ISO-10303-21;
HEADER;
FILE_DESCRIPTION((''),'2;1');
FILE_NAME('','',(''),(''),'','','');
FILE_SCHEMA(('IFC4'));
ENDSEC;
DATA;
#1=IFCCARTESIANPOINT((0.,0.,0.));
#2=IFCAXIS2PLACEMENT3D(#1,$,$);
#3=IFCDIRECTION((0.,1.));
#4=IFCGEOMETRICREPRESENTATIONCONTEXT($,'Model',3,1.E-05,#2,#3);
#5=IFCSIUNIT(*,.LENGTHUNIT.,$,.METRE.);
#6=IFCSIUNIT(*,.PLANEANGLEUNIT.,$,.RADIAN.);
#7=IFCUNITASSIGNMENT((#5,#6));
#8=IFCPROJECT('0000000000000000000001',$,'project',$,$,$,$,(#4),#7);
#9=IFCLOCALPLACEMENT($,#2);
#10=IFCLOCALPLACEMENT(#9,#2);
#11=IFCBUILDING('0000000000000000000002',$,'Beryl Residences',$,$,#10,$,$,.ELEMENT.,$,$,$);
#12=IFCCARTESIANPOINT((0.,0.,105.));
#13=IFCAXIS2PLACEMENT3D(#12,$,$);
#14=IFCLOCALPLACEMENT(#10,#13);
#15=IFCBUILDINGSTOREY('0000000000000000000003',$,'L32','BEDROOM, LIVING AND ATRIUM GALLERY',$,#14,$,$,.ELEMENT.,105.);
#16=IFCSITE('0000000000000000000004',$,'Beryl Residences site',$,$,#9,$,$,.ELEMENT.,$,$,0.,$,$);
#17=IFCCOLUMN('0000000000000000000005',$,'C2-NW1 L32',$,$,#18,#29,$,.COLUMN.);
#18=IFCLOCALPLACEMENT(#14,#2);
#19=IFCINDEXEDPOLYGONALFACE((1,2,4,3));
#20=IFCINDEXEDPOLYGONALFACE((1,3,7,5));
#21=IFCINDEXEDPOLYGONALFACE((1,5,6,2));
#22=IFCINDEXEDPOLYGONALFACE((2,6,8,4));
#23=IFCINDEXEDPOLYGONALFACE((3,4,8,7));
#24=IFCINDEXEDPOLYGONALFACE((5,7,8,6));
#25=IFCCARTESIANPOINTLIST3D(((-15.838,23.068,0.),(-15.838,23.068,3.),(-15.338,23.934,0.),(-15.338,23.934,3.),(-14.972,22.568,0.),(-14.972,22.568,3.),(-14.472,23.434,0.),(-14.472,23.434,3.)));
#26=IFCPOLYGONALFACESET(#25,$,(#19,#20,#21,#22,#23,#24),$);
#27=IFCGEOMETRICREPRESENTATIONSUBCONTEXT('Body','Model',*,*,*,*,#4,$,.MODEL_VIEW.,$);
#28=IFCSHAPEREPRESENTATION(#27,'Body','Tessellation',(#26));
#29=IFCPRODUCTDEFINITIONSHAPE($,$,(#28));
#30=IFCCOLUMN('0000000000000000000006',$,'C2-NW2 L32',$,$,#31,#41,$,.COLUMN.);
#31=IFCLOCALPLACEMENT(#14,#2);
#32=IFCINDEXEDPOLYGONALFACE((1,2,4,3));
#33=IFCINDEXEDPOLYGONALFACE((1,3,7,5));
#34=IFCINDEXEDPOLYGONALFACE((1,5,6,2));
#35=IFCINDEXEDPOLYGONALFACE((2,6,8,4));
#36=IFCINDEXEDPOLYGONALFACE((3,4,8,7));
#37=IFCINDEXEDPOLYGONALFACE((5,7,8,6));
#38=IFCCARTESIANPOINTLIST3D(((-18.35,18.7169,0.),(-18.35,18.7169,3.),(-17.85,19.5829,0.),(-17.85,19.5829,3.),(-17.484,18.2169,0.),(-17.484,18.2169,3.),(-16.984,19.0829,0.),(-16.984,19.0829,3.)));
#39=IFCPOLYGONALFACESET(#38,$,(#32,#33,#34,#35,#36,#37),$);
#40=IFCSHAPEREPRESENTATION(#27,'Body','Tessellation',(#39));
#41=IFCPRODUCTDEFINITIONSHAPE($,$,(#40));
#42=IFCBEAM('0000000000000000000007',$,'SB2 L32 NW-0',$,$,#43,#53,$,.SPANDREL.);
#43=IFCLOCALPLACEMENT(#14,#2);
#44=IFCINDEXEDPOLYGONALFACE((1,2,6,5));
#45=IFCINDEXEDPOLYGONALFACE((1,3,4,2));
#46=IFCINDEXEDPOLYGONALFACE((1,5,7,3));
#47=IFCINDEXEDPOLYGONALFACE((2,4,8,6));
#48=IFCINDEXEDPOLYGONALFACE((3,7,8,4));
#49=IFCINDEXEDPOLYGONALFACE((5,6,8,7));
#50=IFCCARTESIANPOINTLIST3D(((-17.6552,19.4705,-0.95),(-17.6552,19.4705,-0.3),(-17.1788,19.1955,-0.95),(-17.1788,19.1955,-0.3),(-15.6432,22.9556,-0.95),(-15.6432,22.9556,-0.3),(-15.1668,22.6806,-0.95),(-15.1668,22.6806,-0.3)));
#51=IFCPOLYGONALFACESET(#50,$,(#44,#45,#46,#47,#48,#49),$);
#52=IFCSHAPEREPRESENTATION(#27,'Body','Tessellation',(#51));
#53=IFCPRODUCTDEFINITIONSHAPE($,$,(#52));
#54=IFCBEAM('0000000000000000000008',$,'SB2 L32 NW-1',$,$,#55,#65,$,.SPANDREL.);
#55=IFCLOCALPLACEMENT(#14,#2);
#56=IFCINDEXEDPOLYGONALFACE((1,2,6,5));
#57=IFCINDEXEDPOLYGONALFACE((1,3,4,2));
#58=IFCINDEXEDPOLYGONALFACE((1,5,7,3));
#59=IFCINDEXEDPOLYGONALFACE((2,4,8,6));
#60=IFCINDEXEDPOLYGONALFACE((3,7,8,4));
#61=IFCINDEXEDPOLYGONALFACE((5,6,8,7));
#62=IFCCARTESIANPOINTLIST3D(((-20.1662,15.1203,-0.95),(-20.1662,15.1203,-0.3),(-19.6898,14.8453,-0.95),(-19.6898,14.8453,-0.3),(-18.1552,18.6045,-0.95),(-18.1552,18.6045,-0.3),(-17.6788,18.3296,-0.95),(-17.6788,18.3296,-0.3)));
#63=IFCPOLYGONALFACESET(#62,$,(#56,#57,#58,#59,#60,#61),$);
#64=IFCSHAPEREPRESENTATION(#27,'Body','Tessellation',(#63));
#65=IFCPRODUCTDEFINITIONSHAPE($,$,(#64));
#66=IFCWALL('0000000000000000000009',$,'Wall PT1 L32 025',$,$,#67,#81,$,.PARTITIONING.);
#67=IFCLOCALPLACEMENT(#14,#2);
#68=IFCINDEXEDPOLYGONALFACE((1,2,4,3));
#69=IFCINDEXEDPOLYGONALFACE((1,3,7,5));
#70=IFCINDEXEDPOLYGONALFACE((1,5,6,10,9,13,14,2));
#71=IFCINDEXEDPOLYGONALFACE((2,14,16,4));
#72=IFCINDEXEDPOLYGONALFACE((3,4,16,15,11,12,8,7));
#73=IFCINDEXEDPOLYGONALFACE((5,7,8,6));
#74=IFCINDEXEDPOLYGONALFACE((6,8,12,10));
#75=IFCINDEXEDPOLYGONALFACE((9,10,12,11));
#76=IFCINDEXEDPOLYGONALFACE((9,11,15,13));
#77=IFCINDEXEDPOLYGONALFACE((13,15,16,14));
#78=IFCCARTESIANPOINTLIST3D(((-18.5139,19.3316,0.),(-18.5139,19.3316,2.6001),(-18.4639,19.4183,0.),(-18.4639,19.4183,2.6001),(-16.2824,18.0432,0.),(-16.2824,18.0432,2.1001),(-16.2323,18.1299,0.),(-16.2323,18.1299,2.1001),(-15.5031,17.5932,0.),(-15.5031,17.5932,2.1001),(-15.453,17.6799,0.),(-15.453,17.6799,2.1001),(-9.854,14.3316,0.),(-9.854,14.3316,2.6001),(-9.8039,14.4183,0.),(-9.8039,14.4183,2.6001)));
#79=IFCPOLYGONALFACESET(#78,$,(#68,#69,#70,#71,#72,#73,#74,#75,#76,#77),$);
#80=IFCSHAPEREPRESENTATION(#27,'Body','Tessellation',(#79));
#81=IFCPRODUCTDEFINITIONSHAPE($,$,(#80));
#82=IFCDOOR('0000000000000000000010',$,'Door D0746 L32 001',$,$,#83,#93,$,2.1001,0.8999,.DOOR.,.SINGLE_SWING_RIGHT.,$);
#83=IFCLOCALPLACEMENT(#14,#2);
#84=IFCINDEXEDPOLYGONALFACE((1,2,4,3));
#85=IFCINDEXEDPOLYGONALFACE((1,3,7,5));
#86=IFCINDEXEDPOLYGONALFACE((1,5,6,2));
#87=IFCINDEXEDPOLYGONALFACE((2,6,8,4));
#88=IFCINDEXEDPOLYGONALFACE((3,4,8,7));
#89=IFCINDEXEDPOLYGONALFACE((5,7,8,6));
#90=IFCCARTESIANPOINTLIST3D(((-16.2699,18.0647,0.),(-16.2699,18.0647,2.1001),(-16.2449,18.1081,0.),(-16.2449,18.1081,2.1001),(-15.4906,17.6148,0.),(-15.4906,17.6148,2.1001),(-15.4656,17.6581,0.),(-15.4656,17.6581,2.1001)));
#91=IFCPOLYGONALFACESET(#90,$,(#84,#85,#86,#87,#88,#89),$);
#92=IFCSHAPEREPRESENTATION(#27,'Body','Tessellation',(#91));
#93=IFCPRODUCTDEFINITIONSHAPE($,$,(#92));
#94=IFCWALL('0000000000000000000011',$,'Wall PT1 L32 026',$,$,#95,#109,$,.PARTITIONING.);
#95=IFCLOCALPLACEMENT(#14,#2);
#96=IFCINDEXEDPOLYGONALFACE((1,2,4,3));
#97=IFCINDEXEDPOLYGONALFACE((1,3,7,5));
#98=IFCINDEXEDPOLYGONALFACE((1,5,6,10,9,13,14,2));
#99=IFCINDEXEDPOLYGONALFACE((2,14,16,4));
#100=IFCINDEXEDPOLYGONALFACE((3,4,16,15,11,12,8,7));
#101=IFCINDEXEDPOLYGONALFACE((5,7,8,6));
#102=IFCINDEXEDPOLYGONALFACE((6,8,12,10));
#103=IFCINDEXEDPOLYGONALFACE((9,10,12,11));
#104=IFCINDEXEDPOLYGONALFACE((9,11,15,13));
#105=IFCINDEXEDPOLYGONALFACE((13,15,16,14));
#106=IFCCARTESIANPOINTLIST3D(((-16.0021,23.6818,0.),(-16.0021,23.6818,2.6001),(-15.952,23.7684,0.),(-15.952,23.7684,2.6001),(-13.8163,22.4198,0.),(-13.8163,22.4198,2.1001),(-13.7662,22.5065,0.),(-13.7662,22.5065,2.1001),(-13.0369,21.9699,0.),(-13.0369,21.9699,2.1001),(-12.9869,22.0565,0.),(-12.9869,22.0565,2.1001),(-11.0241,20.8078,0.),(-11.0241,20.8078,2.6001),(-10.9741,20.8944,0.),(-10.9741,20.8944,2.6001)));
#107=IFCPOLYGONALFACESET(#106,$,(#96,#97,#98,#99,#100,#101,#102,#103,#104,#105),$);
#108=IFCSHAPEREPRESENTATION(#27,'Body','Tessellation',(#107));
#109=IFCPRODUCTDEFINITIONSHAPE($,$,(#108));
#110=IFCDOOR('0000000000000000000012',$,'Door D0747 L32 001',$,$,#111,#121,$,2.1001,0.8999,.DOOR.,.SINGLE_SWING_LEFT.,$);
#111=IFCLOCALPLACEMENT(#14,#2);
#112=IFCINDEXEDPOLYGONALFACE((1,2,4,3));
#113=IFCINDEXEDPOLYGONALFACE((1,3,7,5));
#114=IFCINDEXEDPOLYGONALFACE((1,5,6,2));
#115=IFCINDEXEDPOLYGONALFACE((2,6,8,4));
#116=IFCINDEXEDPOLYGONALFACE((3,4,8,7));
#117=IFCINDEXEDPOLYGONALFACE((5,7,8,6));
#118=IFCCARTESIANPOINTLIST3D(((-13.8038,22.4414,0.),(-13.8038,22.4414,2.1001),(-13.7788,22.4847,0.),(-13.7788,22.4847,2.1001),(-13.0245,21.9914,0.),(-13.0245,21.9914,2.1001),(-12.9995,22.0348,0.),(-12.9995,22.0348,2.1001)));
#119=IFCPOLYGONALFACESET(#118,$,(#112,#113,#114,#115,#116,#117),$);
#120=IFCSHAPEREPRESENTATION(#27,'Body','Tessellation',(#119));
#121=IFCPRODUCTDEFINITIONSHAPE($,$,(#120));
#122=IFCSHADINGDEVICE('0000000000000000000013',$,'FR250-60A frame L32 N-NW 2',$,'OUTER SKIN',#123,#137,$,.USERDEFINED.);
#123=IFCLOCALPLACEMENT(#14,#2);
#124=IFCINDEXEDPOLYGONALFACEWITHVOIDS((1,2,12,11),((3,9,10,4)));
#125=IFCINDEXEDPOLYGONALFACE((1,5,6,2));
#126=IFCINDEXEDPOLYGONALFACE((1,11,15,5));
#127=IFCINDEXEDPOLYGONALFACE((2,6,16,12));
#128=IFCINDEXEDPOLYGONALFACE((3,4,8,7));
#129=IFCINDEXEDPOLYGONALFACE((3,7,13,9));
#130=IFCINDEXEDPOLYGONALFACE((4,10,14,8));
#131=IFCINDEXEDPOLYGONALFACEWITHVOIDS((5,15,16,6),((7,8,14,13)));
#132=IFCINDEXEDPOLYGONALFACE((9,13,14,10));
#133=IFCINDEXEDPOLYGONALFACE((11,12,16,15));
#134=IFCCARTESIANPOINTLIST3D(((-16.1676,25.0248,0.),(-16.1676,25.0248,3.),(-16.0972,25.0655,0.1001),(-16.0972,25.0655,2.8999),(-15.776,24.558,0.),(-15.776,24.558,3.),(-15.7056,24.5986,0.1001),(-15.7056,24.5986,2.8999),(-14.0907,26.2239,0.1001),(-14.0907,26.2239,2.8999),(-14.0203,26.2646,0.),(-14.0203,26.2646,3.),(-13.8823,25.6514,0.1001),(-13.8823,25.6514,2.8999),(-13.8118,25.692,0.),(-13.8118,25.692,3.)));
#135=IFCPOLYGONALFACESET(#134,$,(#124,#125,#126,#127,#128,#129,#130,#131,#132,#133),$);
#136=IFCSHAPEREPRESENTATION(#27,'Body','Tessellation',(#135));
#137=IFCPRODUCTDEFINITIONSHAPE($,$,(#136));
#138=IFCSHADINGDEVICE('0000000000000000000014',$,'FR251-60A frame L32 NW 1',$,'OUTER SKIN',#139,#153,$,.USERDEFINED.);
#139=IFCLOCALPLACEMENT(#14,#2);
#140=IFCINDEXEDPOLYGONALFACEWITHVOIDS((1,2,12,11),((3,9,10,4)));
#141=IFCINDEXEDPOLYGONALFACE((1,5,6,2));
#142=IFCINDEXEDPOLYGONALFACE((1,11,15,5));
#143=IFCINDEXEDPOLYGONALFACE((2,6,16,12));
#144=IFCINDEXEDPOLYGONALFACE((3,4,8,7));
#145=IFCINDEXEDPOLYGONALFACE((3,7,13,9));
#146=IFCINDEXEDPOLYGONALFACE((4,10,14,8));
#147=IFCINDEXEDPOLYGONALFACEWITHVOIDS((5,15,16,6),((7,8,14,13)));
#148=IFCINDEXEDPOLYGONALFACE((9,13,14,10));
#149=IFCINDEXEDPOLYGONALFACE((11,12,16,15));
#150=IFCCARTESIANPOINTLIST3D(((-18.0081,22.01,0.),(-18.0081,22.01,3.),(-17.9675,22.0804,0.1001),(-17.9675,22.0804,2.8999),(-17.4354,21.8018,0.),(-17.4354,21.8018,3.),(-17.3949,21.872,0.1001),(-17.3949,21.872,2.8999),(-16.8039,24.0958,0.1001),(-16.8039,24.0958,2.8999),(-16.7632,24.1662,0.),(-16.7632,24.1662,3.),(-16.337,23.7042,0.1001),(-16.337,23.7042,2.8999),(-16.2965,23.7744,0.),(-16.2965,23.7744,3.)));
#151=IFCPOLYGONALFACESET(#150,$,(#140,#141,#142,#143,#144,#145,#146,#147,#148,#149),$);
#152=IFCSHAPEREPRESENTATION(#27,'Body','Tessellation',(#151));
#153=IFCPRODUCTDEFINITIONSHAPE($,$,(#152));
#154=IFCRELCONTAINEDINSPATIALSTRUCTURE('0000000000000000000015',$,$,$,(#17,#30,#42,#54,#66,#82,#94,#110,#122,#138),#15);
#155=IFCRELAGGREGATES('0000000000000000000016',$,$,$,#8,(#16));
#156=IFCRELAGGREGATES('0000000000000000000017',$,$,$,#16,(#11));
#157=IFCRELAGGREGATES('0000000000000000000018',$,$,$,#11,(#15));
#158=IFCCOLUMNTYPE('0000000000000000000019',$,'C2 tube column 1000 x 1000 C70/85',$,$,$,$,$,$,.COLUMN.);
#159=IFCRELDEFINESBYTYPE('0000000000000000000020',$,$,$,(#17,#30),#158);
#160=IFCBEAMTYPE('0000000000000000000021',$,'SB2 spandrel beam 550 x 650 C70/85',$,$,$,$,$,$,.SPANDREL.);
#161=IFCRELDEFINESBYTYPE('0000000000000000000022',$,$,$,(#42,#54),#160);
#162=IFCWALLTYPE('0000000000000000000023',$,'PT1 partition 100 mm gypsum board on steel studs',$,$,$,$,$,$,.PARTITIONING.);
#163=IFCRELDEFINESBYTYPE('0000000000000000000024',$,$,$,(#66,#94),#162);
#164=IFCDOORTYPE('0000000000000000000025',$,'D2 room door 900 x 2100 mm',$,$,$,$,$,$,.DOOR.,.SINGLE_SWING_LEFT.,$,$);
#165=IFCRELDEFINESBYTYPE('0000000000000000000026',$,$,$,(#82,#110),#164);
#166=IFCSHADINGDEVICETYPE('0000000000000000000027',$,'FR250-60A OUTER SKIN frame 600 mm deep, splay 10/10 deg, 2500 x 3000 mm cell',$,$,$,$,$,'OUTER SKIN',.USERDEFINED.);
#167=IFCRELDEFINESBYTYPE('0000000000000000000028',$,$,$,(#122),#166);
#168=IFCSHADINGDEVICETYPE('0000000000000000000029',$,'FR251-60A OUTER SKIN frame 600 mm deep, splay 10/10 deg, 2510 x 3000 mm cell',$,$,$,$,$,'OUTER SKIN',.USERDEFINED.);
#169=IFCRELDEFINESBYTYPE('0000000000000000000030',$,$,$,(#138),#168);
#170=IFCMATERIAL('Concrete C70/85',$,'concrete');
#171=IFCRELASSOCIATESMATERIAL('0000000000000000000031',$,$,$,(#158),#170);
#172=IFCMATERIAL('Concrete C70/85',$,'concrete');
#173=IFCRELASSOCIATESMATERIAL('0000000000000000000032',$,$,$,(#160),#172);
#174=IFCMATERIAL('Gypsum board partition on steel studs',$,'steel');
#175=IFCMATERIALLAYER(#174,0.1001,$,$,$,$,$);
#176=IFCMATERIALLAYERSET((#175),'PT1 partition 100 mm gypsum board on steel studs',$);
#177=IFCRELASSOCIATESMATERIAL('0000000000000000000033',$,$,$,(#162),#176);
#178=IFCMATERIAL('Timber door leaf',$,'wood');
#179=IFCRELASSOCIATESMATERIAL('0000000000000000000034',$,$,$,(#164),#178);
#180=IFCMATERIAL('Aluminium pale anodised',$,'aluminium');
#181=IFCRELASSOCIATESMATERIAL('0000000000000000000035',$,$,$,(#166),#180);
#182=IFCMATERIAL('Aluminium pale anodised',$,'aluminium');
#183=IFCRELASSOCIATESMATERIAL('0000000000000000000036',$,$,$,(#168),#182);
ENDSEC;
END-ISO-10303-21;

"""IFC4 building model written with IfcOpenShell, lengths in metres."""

from ifc_helpers import new_model, entity, si_unit, direction, frame, frame_2d, origin, origin_2d, place, context, subcontext, project, spatial, rectangle, extrude, source, transform, mapped, material, layer, layer_set, material_profile, profile_set, type_object, type_shapes, element, fill, save


model = new_model("IFC4")

# Units and contexts
model_context = context("Model", 3, precision=1e-05, world=origin(), true_north=direction((0.0, 1.0)))
body_context = subcontext(model_context, "Body", "Model", "MODEL_VIEW")
ifc_project = project(units=[si_unit("LENGTHUNIT", "METRE"), si_unit("PLANEANGLEUNIT", "RADIAN")], contexts=[model_context])

# Site, building, storey
site_placement = place(None, origin())
site = spatial("IfcSite", under=ifc_project, at=site_placement, Name="Beryl Residences site", CompositionType="ELEMENT", RefElevation=0.0)
building_placement = place(site_placement, origin())
building = spatial("IfcBuilding", under=site, at=building_placement, Name="Beryl Residences", CompositionType="ELEMENT")
storey_placement = place(building_placement, frame((0.0, 0.0, 105.0)))
storey = spatial("IfcBuildingStorey", under=building, at=storey_placement, Name="L32", Description="BEDROOM, LIVING AND ATRIUM GALLERY", CompositionType="ELEMENT", Elevation=105.0)

# Columns
ifc_material_1 = material(Name="Concrete C70/85", Category="concrete")
ifc_material_profile_1 = material_profile(ifc_material_1, rectangle(XDim=1.0, YDim=1.0, at=origin_2d()))
ifc_profile_set_1 = profile_set([ifc_material_profile_1], Name="Concrete C70/85")
column_type = type_object("IfcColumnType", Name="C2 tube column 1000 x 1000 C70/85", PredefinedType="COLUMN", material=ifc_profile_set_1)
for number, where, z_axis, x_axis, name in (
    (1, (-15.155, 23.251, 0.0), (0.0, 0.0, 1.0), (-0.5, -0.866025, 0.0), "C2-NW1 L32"),
    (2, (-17.667, 18.8999, 0.0), (0.0, 0.0, 1.0), (-0.5, -0.866025, 0.0), "C2-NW2 L32"),
):
    element("IfcColumn", number, at=place(storey_placement, frame(where, z_axis=z_axis, x_axis=x_axis)), inside=storey, type_object=column_type, Name=name, PredefinedType="COLUMN", context=body_context, shape_type="SweptSolid", body=[
        extrude(rectangle(XDim=1.0, YDim=1.0, at=origin_2d()), origin(), (0.0, 0.0, 1.0), 3.0),
    ])

# Beams
ifc_material_2 = material(Name="Concrete C70/85", Category="concrete")
ifc_material_profile_2 = material_profile(ifc_material_2, rectangle(XDim=0.55, YDim=0.6499, at=origin_2d()))
ifc_profile_set_2 = profile_set([ifc_material_profile_2], Name="Concrete C70/85")
beam_type = type_object("IfcBeamType", Name="SB2 spandrel beam 550 x 650 C70/85", PredefinedType="SPANDREL", material=ifc_profile_set_2)
beam_1_placement = place(storey_placement, frame((-15.405, 22.8181, -0.625), z_axis=(-0.499969, -0.866043, 0.0), x_axis=(0.866043, -0.499969, 0.0)))
element("IfcBeam", 3, at=beam_1_placement, inside=storey, type_object=beam_type, Name="SB2 L32 NW-0", PredefinedType="SPANDREL", context=body_context, shape_type="SweptSolid", body=[
    extrude(rectangle(XDim=0.55, YDim=0.6499, at=origin_2d()), origin(), (0.0, 0.0, 1.0), 4.0242),
])
beam_2_placement = place(storey_placement, frame((-17.917, 18.467, -0.625), z_axis=(-0.499892, -0.866088, 0.0), x_axis=(0.866088, -0.499892, 0.0)))
element("IfcBeam", 4, at=beam_2_placement, inside=storey, type_object=beam_type, Name="SB2 L32 NW-1", PredefinedType="SPANDREL", context=body_context, shape_type="SweptSolid", body=[
    extrude(rectangle(XDim=0.55, YDim=0.6499, at=origin_2d()), origin(), (0.0, 0.0, 1.0), 4.0229),
])

# Walls, openings, doors
ifc_material_3 = material(Name="Gypsum board partition on steel studs", Category="steel")
ifc_layer_1 = layer(ifc_material_3, 0.1001)
ifc_layer_set_1 = layer_set([ifc_layer_1], Name="PT1 partition 100 mm gypsum board on steel studs")
wall_type_1 = type_object("IfcWallType", Name="PT1 partition 100 mm gypsum board on steel studs", PredefinedType="PARTITIONING", material=ifc_layer_set_1)
wall_1_placement = place(storey_placement, frame((-18.489, 19.375, 0.0), z_axis=(0.0, 0.0, 1.0), x_axis=(0.866017, -0.500015, 0.0)))
wall_1 = element("IfcWall", 5, at=wall_1_placement, inside=storey, type_object=wall_type_1, Name="Wall PT1 L32 025", PredefinedType="PARTITIONING", context=body_context, shape_type="SweptSolid", body=[
    extrude(rectangle(XDim=9.9998, YDim=0.1001, at=frame_2d((5.0, 0.0))), origin(), (0.0, 0.0, 1.0), 2.6001),
])
opening_1_placement = place(wall_1_placement, frame((2.5769, 0.0, 0.0)))
opening_1 = element("IfcOpeningElement", 6, at=opening_1_placement, cuts=wall_1, PredefinedType="OPENING", context=body_context, shape_type="SweptSolid", body=[
    extrude(rectangle(XDim=0.8999, YDim=2.1001, at=frame_2d((0.45, 1.05))), frame((0.0, 0.0601, 0.0), z_axis=(0.0, -1.0, 0.0), x_axis=(1.0, 0.0, 0.0)), (0.0, 0.0, 1.0), 0.1201),
])
ifc_material_4 = material(Name="Timber door leaf", Category="wood")
door_type = type_object("IfcDoorType", Name="D2 room door 900 x 2100 mm", OperationType="SINGLE_SWING_LEFT", PredefinedType="DOOR", material=ifc_material_4)
door_1_placement = place(opening_1_placement, origin())
door_1 = element("IfcDoor", 7, at=door_1_placement, inside=storey, type_object=door_type, Name="Door D0746 L32 001", OperationType="SINGLE_SWING_RIGHT", OverallHeight=2.1001, OverallWidth=0.8999, PredefinedType="DOOR", context=body_context, shape_type="SweptSolid", body=[
    extrude(rectangle(XDim=0.8999, YDim=2.1001, at=frame_2d((0.45, 1.05))), frame((0.0, 0.0249, 0.0), z_axis=(0.0, -1.0, 0.0), x_axis=(1.0, 0.0, 0.0)), (0.0, 0.0, 1.0), 0.05),
])
fill(opening_1, door_1)
wall_2_placement = place(storey_placement, frame((-15.9771, 23.7251, 0.0), z_axis=(0.0, 0.0, 1.0), x_axis=(0.866029, -0.499995, 0.0)))
wall_2 = element("IfcWall", 8, at=wall_2_placement, inside=storey, type_object=wall_type_1, Name="Wall PT1 L32 026", PredefinedType="PARTITIONING", context=body_context, shape_type="SweptSolid", body=[
    extrude(rectangle(XDim=5.748, YDim=0.1001, at=frame_2d((2.874, 0.0))), origin(), (0.0, 0.0, 1.0), 2.6001),
])
opening_2_placement = place(wall_2_placement, frame((2.5239, 0.0, 0.0)))
opening_2 = element("IfcOpeningElement", 9, at=opening_2_placement, cuts=wall_2, PredefinedType="OPENING", context=body_context, shape_type="SweptSolid", body=[
    extrude(rectangle(XDim=0.8999, YDim=2.1001, at=frame_2d((0.45, 1.05))), frame((0.0, 0.0601, 0.0), z_axis=(0.0, -1.0, 0.0), x_axis=(1.0, 0.0, 0.0)), (0.0, 0.0, 1.0), 0.1201),
])
door_2_placement = place(opening_2_placement, origin())
door_2 = element("IfcDoor", 10, at=door_2_placement, inside=storey, type_object=door_type, Name="Door D0747 L32 001", OperationType="SINGLE_SWING_LEFT", OverallHeight=2.1001, OverallWidth=0.8999, PredefinedType="DOOR", context=body_context, shape_type="SweptSolid", body=[
    extrude(rectangle(XDim=0.8999, YDim=2.1001, at=frame_2d((0.45, 1.05))), frame((0.0, 0.0249, 0.0), z_axis=(0.0, -1.0, 0.0), x_axis=(1.0, 0.0, 0.0)), (0.0, 0.0, 1.0), 0.05),
])
fill(opening_2, door_2)

# Shading devices
ifc_material_5 = material(Name="Aluminium pale anodised", Category="aluminium")
shading_device_type_1 = type_object("IfcShadingDeviceType", Name="FR250-60A OUTER SKIN frame 600 mm deep, splay 10/10 deg, 2500 x 3000 mm cell", ElementType="OUTER SKIN", PredefinedType="USERDEFINED", material=ifc_material_5)
cartesian_point_1 = entity("IfcCartesianPoint", [-1.134, 0.0])
cartesian_point_2 = entity("IfcCartesianPoint", [-1.0527, 0.1001])
cartesian_point_3 = entity("IfcCartesianPoint", [-1.2397, 0.0])
cartesian_point_4 = entity("IfcCartesianPoint", [-1.1584, 0.1001])
shared_shape_1 = source(origin(), body_context, "Body", "SweptSolid", [
    entity("IfcExtrudedAreaSolidTapered", entity("IfcArbitraryProfileDefWithVoids", "AREA", None, entity("IfcPolyline", [cartesian_point_1, entity("IfcCartesianPoint", [1.134, 0.0]), entity("IfcCartesianPoint", [1.134, 3.0]), entity("IfcCartesianPoint", [-1.134, 3.0]), cartesian_point_1]), [entity("IfcPolyline", [cartesian_point_2, entity("IfcCartesianPoint", [1.0527, 0.1001]), entity("IfcCartesianPoint", [1.0527, 2.8999]), entity("IfcCartesianPoint", [-1.0527, 2.8999]), cartesian_point_2])]), entity("IfcAxis2Placement3D", entity("IfcCartesianPoint", [0.0, 0.0, 0.0]), entity("IfcDirection", [0.0, 1.0, 0.0]), entity("IfcDirection", [-1.0, 0.0, 0.0])), entity("IfcDirection", [0.0, 0.0, 1.0]), 0.6001, entity("IfcArbitraryProfileDefWithVoids", "AREA", None, entity("IfcPolyline", [cartesian_point_3, entity("IfcCartesianPoint", [1.2397, 0.0]), entity("IfcCartesianPoint", [1.2397, 3.0]), entity("IfcCartesianPoint", [-1.2397, 3.0]), cartesian_point_3]), [entity("IfcPolyline", [cartesian_point_4, entity("IfcCartesianPoint", [1.1584, 0.1001]), entity("IfcCartesianPoint", [1.1584, 2.8999]), entity("IfcCartesianPoint", [-1.1584, 2.8999]), cartesian_point_4])])),
])
type_shapes(shading_device_type_1, [shared_shape_1])
shading_device_placement = place(storey_placement, frame((-14.7939, 25.125, 0.0), z_axis=(0.0, 0.0, 1.0), x_axis=(0.866025, 0.5, 0.0)))
element("IfcShadingDevice", 11, at=shading_device_placement, inside=storey, type_object=shading_device_type_1, Name="FR250-60A frame L32 N-NW 2", ObjectType="OUTER SKIN", PredefinedType="USERDEFINED", context=body_context, shape_type="MappedRepresentation", body=[
    mapped(shared_shape_1, transform((0.0, 0.0, 0.0))),
])
ifc_material_6 = material(Name="Aluminium pale anodised", Category="aluminium")
shading_device_type_2 = type_object("IfcShadingDeviceType", Name="FR251-60A OUTER SKIN frame 600 mm deep, splay 10/10 deg, 2510 x 3000 mm cell", ElementType="OUTER SKIN", PredefinedType="USERDEFINED", material=ifc_material_6)
cartesian_point_5 = entity("IfcCartesianPoint", [-1.1389, 0.0])
cartesian_point_6 = entity("IfcCartesianPoint", [-1.0579, 0.1001])
cartesian_point_7 = entity("IfcCartesianPoint", [-1.2449, 0.0])
cartesian_point_8 = entity("IfcCartesianPoint", [-1.1636, 0.1001])
shared_shape_2 = source(origin(), body_context, "Body", "SweptSolid", [
    entity("IfcExtrudedAreaSolidTapered", entity("IfcArbitraryProfileDefWithVoids", "AREA", None, entity("IfcPolyline", [cartesian_point_5, entity("IfcCartesianPoint", [1.1389, 0.0]), entity("IfcCartesianPoint", [1.1389, 3.0]), entity("IfcCartesianPoint", [-1.1389, 3.0]), cartesian_point_5]), [entity("IfcPolyline", [cartesian_point_6, entity("IfcCartesianPoint", [1.0579, 0.1001]), entity("IfcCartesianPoint", [1.0579, 2.8999]), entity("IfcCartesianPoint", [-1.0579, 2.8999]), cartesian_point_6])]), entity("IfcAxis2Placement3D", entity("IfcCartesianPoint", [0.0, 0.0, 0.0]), entity("IfcDirection", [0.0, 1.0, 0.0]), entity("IfcDirection", [-1.0, 0.0, 0.0])), entity("IfcDirection", [0.0, 0.0, 1.0]), 0.6001, entity("IfcArbitraryProfileDefWithVoids", "AREA", None, entity("IfcPolyline", [cartesian_point_7, entity("IfcCartesianPoint", [1.2449, 0.0]), entity("IfcCartesianPoint", [1.2449, 3.0]), entity("IfcCartesianPoint", [-1.2449, 3.0]), cartesian_point_7]), [entity("IfcPolyline", [cartesian_point_8, entity("IfcCartesianPoint", [1.1636, 0.1001]), entity("IfcCartesianPoint", [1.1636, 2.8999]), entity("IfcCartesianPoint", [-1.1636, 2.8999]), cartesian_point_8])])),
])
type_shapes(shading_device_type_2, [shared_shape_2])
for number, where, z_axis, x_axis, name in (
    (12, (-16.866, 22.7881, 0.0), (0.0, 0.0, 1.0), (0.5, 0.866025, 0.0), "FR251-60A frame L32 NW 1"),
):
    element("IfcShadingDevice", number, at=place(storey_placement, frame(where, z_axis=z_axis, x_axis=x_axis)), inside=storey, type_object=shading_device_type_2, Name=name, ObjectType="OUTER SKIN", PredefinedType="USERDEFINED", context=body_context, shape_type="MappedRepresentation", body=[
        mapped(shared_shape_2, transform((0.0, 0.0, 0.0))),
    ])

save(model, "model.ifc")
